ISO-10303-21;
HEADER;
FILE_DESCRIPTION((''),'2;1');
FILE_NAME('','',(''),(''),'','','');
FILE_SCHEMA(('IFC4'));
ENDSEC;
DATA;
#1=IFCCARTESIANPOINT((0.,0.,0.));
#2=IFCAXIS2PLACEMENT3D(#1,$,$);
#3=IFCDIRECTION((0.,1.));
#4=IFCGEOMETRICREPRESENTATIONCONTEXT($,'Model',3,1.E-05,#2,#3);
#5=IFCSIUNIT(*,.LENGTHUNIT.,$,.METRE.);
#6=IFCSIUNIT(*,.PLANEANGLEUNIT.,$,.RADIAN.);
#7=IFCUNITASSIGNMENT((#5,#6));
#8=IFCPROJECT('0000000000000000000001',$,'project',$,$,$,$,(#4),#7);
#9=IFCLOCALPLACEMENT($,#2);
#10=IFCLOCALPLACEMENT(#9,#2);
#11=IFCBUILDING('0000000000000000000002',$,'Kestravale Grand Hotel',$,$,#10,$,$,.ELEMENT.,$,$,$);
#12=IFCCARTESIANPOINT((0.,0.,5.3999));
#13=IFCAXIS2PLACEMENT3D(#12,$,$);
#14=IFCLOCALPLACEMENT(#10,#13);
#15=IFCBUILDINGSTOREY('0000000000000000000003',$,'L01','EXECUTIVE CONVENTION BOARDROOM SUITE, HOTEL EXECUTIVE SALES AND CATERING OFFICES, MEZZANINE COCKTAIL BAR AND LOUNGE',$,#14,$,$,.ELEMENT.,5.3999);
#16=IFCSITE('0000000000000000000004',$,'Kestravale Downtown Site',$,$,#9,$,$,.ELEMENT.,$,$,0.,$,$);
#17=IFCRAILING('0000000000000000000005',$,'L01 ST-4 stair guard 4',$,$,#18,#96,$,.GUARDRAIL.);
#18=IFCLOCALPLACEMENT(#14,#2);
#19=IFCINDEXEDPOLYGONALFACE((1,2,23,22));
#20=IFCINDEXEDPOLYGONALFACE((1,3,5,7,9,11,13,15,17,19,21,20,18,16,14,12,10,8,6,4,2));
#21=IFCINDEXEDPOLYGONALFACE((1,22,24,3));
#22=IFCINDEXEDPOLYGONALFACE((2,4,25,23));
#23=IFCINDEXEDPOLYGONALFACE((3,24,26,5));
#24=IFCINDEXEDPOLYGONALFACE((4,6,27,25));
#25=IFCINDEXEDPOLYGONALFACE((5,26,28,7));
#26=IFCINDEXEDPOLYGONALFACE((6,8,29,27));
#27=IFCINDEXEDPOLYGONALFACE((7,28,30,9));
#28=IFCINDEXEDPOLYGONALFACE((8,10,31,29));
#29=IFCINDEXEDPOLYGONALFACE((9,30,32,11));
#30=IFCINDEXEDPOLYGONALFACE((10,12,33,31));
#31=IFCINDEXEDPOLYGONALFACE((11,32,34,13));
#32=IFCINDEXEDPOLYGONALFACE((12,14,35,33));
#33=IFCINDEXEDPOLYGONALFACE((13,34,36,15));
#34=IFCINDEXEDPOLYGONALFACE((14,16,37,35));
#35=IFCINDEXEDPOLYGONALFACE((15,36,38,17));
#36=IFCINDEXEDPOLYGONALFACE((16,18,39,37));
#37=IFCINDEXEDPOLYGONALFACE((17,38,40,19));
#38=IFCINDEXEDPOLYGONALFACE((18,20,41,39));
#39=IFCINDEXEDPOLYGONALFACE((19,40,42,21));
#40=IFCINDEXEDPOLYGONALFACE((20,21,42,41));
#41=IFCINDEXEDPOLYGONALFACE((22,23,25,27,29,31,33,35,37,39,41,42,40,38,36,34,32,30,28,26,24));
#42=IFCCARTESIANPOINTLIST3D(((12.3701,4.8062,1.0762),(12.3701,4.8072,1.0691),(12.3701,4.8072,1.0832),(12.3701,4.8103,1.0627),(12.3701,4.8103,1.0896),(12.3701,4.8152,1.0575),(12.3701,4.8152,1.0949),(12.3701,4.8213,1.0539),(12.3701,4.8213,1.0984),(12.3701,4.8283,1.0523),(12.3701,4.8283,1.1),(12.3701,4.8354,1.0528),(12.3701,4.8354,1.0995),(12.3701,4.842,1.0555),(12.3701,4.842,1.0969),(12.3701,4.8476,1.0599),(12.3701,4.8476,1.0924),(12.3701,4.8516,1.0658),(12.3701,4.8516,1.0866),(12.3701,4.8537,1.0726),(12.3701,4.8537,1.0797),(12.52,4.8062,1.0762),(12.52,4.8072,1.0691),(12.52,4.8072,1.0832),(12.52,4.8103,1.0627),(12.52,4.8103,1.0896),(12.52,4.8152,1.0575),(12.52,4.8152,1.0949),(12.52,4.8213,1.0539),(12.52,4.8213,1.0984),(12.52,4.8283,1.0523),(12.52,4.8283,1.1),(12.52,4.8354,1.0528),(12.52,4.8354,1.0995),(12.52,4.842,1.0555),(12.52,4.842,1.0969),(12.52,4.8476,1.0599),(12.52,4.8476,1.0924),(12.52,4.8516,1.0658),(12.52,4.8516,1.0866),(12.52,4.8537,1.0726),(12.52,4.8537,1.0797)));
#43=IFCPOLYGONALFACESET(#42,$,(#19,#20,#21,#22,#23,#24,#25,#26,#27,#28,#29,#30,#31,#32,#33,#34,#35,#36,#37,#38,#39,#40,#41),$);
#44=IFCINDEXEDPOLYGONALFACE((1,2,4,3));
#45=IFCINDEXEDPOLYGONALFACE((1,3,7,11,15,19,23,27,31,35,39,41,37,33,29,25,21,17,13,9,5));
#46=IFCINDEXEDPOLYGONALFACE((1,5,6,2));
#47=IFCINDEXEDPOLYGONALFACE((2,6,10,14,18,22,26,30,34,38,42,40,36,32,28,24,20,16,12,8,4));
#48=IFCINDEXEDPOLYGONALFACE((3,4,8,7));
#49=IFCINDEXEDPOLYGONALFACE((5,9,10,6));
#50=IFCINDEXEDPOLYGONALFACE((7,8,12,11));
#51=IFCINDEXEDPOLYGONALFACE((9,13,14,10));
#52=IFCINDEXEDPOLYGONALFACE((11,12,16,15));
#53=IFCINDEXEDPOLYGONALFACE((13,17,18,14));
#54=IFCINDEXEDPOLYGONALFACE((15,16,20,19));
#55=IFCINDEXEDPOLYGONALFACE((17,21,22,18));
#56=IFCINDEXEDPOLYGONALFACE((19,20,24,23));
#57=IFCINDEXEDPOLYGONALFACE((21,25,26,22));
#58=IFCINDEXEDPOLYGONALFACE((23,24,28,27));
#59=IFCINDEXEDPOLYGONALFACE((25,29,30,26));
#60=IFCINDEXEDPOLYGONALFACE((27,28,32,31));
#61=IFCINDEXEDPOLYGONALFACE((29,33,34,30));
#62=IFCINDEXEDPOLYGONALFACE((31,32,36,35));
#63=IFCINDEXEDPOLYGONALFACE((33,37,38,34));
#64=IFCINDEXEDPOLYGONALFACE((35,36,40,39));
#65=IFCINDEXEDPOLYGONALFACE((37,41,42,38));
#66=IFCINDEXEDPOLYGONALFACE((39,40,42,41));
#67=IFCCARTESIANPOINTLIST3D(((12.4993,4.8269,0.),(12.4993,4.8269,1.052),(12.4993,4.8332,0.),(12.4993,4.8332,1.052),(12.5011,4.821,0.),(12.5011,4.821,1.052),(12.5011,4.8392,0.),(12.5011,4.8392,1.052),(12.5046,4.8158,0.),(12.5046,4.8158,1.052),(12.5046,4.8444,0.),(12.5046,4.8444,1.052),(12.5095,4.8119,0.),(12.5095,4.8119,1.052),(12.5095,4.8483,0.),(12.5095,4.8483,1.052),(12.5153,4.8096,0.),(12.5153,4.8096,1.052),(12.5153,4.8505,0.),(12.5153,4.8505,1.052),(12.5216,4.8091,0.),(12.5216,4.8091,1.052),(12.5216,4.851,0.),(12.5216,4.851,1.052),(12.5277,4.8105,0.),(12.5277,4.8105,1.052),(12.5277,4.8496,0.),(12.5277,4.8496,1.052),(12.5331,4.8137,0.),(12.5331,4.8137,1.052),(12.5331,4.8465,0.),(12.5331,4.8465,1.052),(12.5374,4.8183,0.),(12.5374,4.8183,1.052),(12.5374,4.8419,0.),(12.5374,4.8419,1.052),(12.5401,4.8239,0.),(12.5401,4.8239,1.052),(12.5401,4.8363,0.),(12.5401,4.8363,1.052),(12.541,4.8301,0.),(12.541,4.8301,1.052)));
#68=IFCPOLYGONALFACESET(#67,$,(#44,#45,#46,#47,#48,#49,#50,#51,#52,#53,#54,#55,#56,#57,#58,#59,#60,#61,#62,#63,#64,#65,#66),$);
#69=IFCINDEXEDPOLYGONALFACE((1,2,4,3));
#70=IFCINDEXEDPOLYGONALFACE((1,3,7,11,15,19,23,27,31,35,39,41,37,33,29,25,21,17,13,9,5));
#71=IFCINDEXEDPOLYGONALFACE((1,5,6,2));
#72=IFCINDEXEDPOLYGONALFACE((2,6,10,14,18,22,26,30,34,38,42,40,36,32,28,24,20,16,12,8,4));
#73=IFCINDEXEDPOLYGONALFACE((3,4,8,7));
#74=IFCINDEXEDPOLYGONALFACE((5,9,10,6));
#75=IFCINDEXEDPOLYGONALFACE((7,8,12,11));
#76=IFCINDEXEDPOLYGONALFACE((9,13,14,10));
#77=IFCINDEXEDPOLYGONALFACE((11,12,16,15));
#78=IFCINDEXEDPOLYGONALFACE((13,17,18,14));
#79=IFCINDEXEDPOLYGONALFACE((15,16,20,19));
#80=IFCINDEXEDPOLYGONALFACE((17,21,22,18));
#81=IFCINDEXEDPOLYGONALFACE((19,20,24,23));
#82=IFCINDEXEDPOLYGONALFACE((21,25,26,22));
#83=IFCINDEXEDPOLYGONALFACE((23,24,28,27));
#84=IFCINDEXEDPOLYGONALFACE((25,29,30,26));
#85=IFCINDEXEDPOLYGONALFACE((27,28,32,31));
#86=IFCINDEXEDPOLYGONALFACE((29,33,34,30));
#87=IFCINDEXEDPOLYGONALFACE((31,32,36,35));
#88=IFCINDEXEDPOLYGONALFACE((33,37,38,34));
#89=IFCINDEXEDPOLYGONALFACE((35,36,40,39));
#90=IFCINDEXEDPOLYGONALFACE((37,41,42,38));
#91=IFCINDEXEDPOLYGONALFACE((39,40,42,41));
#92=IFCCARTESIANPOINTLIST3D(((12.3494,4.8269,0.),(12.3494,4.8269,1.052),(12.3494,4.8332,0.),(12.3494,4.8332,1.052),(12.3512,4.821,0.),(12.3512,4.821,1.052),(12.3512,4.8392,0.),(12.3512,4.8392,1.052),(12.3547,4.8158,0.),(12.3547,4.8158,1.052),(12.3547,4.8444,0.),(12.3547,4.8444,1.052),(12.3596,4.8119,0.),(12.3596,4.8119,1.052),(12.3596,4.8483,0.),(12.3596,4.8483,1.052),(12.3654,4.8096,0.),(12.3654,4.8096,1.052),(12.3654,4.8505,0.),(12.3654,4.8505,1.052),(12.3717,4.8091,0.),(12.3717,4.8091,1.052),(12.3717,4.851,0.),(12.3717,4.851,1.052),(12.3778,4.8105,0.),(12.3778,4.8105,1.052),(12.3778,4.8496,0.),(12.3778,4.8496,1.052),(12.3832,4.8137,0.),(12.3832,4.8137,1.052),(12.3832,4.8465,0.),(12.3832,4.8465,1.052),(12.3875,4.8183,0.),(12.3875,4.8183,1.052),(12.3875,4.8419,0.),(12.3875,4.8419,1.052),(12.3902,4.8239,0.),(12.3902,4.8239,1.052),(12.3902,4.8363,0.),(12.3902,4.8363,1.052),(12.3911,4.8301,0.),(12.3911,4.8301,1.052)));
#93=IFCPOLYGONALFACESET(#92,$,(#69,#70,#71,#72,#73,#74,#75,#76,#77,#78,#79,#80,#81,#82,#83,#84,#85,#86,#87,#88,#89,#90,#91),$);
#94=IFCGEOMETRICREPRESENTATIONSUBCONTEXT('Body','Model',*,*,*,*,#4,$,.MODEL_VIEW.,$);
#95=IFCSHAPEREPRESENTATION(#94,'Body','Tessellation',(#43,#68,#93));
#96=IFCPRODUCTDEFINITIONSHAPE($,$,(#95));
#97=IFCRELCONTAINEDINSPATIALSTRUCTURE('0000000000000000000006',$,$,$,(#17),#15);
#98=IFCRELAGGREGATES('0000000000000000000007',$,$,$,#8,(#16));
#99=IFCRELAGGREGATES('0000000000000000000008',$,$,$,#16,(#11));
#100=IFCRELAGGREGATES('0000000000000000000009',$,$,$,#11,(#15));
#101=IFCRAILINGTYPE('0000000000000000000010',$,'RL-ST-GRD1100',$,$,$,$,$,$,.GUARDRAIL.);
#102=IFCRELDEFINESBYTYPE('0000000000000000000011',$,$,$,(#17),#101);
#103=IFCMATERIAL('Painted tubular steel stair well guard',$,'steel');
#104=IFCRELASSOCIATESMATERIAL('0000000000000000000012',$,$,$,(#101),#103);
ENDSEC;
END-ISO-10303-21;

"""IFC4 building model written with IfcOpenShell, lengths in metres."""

from ifc_helpers import new_model, si_unit, direction, frame, origin, origin_2d, place, context, subcontext, project, spatial, circle, extrude, material, type_object, element, save


model = new_model("IFC4")

# Units and contexts
model_context = context("Model", 3, precision=1e-05, world=origin(), true_north=direction((0.0, 1.0)))
body_context = subcontext(model_context, "Body", "Model", "MODEL_VIEW")
ifc_project = project(units=[si_unit("LENGTHUNIT", "METRE"), si_unit("PLANEANGLEUNIT", "RADIAN")], contexts=[model_context])

# Site, building, storey
site_placement = place(None, origin())
site = spatial("IfcSite", under=ifc_project, at=site_placement, Name="Kestravale Downtown Site", CompositionType="ELEMENT", RefElevation=0.0)
building_placement = place(site_placement, origin())
building = spatial("IfcBuilding", under=site, at=building_placement, Name="Kestravale Grand Hotel", CompositionType="ELEMENT")
storey_placement = place(building_placement, frame((0.0, 0.0, 5.3999)))
storey = spatial("IfcBuildingStorey", under=building, at=storey_placement, Name="L01", Description="EXECUTIVE CONVENTION BOARDROOM SUITE, HOTEL EXECUTIVE SALES AND CATERING OFFICES, MEZZANINE COCKTAIL BAR AND LOUNGE", CompositionType="ELEMENT", Elevation=5.3999)

# Railing
ifc_material_1 = material(Name="Painted tubular steel stair well guard", Category="steel")
railing_type_1 = type_object("IfcRailingType", Name="RL-ST-GRD1100", PredefinedType="GUARDRAIL", material=ifc_material_1)
railing_1_placement = place(storey_placement, frame((12.52, 4.8301, 0.0)))
element("IfcRailing", 1, at=railing_1_placement, inside=storey, type_object=railing_type_1, Name="L01 ST-4 stair guard 4", PredefinedType="GUARDRAIL", context=body_context, shape_type="SweptSolid", body=[
    extrude(circle(Radius=0.0239, at=origin_2d()), frame((0.0, 0.0, 1.0762), z_axis=(-1.0, 0.0, 0.0), x_axis=(0.0, -1.0, 0.0)), (0.0, 0.0, 1.0), 0.1499),
    extrude(circle(Radius=0.021, at=origin_2d()), origin(), (0.0, 0.0, 1.0), 1.052),
    extrude(circle(Radius=0.021, at=origin_2d()), frame((-0.1499, 0.0, 0.0)), (0.0, 0.0, 1.0), 1.052),
])

save(model, "model.ifc")
